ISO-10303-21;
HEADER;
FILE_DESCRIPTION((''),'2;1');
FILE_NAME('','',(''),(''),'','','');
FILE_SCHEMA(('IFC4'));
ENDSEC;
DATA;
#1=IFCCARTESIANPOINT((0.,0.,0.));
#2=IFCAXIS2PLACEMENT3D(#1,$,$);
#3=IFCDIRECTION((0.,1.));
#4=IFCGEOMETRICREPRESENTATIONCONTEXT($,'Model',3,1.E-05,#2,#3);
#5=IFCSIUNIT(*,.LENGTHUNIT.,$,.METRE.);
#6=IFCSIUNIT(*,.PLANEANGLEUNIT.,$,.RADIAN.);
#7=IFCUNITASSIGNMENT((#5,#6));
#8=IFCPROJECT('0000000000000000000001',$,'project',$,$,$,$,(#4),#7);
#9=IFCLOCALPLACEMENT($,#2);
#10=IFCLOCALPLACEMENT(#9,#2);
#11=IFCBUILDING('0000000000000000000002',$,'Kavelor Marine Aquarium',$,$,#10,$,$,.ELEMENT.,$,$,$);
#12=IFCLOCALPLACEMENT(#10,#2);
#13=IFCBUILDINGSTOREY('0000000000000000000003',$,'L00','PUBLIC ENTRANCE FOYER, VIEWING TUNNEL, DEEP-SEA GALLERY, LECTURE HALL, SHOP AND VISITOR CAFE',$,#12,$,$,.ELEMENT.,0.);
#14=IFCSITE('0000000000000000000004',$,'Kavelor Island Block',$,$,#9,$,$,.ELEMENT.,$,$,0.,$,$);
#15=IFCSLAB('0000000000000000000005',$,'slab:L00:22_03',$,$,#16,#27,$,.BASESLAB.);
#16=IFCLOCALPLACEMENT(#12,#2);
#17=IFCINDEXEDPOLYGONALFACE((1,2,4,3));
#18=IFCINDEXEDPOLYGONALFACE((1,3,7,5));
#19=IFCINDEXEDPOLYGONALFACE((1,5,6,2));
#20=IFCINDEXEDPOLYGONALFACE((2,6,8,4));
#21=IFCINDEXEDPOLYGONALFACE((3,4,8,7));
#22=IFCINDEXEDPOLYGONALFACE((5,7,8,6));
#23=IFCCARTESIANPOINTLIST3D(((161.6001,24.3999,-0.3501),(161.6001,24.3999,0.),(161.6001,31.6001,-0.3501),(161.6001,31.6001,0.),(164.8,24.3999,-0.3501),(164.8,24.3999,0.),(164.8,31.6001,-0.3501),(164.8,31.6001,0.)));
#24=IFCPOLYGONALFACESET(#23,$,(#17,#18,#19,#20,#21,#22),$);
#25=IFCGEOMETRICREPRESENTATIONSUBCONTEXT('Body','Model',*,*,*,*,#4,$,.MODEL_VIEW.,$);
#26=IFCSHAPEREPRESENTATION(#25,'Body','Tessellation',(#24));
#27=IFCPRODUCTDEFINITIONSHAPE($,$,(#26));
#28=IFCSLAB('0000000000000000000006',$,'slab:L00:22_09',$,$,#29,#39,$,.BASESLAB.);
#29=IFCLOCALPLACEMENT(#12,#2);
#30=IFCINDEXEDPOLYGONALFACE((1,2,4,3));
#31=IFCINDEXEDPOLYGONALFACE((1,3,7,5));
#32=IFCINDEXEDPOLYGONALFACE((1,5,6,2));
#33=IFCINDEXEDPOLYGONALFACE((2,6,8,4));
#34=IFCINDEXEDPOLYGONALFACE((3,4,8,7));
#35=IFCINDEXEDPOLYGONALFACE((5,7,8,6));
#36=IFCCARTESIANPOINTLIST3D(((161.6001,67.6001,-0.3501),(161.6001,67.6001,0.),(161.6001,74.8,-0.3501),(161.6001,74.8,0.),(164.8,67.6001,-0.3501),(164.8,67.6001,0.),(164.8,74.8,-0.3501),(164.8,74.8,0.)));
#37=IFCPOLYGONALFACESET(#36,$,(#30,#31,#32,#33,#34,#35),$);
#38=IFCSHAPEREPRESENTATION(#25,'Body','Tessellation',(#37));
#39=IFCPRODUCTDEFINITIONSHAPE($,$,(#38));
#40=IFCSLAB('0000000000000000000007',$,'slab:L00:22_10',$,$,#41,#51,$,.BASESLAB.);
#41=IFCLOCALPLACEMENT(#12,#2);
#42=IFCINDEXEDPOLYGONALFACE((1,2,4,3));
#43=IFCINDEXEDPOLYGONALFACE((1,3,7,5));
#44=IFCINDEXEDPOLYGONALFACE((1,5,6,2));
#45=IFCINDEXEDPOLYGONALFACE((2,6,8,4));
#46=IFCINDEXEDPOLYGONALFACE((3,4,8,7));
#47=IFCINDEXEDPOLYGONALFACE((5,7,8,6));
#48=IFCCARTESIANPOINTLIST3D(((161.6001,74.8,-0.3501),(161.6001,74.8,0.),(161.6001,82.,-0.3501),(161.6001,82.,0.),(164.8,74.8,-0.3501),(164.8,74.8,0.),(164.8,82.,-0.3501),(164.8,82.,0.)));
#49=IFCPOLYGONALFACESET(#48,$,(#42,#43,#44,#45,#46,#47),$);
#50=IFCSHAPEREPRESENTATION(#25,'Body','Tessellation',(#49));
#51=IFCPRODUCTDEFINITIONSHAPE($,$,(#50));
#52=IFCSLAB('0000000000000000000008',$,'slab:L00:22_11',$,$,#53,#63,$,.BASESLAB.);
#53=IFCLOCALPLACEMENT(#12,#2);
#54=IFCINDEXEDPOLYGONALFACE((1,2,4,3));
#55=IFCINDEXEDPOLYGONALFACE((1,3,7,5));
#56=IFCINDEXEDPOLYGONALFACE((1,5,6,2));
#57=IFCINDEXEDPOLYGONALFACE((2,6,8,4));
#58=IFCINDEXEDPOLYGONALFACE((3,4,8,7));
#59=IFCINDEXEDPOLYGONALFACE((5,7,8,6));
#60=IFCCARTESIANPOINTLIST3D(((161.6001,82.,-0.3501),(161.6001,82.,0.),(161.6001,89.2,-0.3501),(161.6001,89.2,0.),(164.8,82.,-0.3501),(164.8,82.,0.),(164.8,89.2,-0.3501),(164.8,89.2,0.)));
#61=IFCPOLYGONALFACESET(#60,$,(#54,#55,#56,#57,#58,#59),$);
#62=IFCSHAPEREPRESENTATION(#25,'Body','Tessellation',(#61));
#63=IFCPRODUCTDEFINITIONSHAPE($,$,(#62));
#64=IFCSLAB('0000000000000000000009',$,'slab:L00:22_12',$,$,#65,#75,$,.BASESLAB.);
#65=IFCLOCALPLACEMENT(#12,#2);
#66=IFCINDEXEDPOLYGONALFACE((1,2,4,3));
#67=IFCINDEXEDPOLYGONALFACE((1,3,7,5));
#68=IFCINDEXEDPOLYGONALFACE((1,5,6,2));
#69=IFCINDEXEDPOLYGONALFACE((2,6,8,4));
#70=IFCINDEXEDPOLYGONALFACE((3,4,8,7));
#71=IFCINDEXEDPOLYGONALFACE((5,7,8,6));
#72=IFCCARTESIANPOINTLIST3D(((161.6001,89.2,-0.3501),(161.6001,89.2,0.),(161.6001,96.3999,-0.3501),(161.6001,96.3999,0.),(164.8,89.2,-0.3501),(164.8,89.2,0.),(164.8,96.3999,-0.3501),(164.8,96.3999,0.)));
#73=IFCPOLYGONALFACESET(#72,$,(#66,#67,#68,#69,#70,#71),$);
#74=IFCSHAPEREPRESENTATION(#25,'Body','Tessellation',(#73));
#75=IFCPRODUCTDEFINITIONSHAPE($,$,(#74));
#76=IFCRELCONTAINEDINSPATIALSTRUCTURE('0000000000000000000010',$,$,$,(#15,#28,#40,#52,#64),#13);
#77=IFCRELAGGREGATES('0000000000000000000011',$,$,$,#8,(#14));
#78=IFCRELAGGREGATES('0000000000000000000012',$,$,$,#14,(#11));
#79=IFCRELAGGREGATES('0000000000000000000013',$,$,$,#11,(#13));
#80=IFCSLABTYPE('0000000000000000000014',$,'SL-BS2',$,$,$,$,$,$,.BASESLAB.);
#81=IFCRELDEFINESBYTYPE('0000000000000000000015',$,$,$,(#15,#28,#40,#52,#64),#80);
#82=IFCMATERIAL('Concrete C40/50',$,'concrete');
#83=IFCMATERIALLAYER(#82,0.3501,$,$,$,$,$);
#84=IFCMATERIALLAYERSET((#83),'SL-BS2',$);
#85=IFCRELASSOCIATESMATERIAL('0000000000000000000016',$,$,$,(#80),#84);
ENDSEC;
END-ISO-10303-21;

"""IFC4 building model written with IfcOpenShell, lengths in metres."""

from ifc_helpers import new_model, si_unit, direction, frame, origin, place, context, subcontext, project, spatial, polyline, outline, extrude, material, layer, layer_set, type_object, element, save


model = new_model("IFC4")

# Units and contexts
model_context = context("Model", 3, precision=1e-05, world=origin(), true_north=direction((0.0, 1.0)))
body_context = subcontext(model_context, "Body", "Model", "MODEL_VIEW")
ifc_project = project(units=[si_unit("LENGTHUNIT", "METRE"), si_unit("PLANEANGLEUNIT", "RADIAN")], contexts=[model_context])

# Site, building, storey
site_placement = place(None, origin())
site = spatial("IfcSite", under=ifc_project, at=site_placement, Name="Kavelor Island Block", CompositionType="ELEMENT", RefElevation=0.0)
building_placement = place(site_placement, origin())
building = spatial("IfcBuilding", under=site, at=building_placement, Name="Kavelor Marine Aquarium", CompositionType="ELEMENT")
storey_placement = place(building_placement, origin())
storey = spatial("IfcBuildingStorey", under=building, at=storey_placement, Name="L00", Description="PUBLIC ENTRANCE FOYER, VIEWING TUNNEL, DEEP-SEA GALLERY, LECTURE HALL, SHOP AND VISITOR CAFE", CompositionType="ELEMENT", Elevation=0.0)

# Slabs
ifc_material_1 = material(Name="Concrete C40/50", Category="concrete")
ifc_layer_1 = layer(ifc_material_1, 0.3501)
ifc_layer_set_1 = layer_set([ifc_layer_1], Name="SL-BS2")
slab_type_1 = type_object("IfcSlabType", Name="SL-BS2", PredefinedType="BASESLAB", material=ifc_layer_set_1)
slab_1_placement = place(storey_placement, frame((0.0, 0.0, -0.3501)))
element("IfcSlab", 1, at=slab_1_placement, inside=storey, type_object=slab_type_1, Name="slab:L00:22_03", PredefinedType="BASESLAB", context=body_context, shape_type="SweptSolid", body=[
    extrude(outline(polyline([(161.6001, 24.3999), (164.8, 24.3999), (164.8, 31.6001), (161.6001, 31.6001), (161.6001, 24.3999)])), origin(), (0.0, 0.0, 1.0), 0.3501),
])
slab_2_placement = place(storey_placement, frame((0.0, 0.0, -0.3501)))
element("IfcSlab", 2, at=slab_2_placement, inside=storey, type_object=slab_type_1, Name="slab:L00:22_09", PredefinedType="BASESLAB", context=body_context, shape_type="SweptSolid", body=[
    extrude(outline(polyline([(161.6001, 67.6001), (164.8, 67.6001), (164.8, 74.8), (161.6001, 74.8), (161.6001, 67.6001)])), origin(), (0.0, 0.0, 1.0), 0.3501),
])
slab_3_placement = place(storey_placement, frame((0.0, 0.0, -0.3501)))
element("IfcSlab", 3, at=slab_3_placement, inside=storey, type_object=slab_type_1, Name="slab:L00:22_10", PredefinedType="BASESLAB", context=body_context, shape_type="SweptSolid", body=[
    extrude(outline(polyline([(161.6001, 74.8), (164.8, 74.8), (164.8, 82.0), (161.6001, 82.0), (161.6001, 74.8)])), origin(), (0.0, 0.0, 1.0), 0.3501),
])
slab_4_placement = place(storey_placement, frame((0.0, 0.0, -0.3501)))
element("IfcSlab", 4, at=slab_4_placement, inside=storey, type_object=slab_type_1, Name="slab:L00:22_11", PredefinedType="BASESLAB", context=body_context, shape_type="SweptSolid", body=[
    extrude(outline(polyline([(161.6001, 82.0), (164.8, 82.0), (164.8, 89.2), (161.6001, 89.2), (161.6001, 82.0)])), origin(), (0.0, 0.0, 1.0), 0.3501),
])
slab_5_placement = place(storey_placement, frame((0.0, 0.0, -0.3501)))
element("IfcSlab", 5, at=slab_5_placement, inside=storey, type_object=slab_type_1, Name="slab:L00:22_12", PredefinedType="BASESLAB", context=body_context, shape_type="SweptSolid", body=[
    extrude(outline(polyline([(161.6001, 89.2), (164.8, 89.2), (164.8, 96.3999), (161.6001, 96.3999), (161.6001, 89.2)])), origin(), (0.0, 0.0, 1.0), 0.3501),
])

save(model, "model.ifc")
